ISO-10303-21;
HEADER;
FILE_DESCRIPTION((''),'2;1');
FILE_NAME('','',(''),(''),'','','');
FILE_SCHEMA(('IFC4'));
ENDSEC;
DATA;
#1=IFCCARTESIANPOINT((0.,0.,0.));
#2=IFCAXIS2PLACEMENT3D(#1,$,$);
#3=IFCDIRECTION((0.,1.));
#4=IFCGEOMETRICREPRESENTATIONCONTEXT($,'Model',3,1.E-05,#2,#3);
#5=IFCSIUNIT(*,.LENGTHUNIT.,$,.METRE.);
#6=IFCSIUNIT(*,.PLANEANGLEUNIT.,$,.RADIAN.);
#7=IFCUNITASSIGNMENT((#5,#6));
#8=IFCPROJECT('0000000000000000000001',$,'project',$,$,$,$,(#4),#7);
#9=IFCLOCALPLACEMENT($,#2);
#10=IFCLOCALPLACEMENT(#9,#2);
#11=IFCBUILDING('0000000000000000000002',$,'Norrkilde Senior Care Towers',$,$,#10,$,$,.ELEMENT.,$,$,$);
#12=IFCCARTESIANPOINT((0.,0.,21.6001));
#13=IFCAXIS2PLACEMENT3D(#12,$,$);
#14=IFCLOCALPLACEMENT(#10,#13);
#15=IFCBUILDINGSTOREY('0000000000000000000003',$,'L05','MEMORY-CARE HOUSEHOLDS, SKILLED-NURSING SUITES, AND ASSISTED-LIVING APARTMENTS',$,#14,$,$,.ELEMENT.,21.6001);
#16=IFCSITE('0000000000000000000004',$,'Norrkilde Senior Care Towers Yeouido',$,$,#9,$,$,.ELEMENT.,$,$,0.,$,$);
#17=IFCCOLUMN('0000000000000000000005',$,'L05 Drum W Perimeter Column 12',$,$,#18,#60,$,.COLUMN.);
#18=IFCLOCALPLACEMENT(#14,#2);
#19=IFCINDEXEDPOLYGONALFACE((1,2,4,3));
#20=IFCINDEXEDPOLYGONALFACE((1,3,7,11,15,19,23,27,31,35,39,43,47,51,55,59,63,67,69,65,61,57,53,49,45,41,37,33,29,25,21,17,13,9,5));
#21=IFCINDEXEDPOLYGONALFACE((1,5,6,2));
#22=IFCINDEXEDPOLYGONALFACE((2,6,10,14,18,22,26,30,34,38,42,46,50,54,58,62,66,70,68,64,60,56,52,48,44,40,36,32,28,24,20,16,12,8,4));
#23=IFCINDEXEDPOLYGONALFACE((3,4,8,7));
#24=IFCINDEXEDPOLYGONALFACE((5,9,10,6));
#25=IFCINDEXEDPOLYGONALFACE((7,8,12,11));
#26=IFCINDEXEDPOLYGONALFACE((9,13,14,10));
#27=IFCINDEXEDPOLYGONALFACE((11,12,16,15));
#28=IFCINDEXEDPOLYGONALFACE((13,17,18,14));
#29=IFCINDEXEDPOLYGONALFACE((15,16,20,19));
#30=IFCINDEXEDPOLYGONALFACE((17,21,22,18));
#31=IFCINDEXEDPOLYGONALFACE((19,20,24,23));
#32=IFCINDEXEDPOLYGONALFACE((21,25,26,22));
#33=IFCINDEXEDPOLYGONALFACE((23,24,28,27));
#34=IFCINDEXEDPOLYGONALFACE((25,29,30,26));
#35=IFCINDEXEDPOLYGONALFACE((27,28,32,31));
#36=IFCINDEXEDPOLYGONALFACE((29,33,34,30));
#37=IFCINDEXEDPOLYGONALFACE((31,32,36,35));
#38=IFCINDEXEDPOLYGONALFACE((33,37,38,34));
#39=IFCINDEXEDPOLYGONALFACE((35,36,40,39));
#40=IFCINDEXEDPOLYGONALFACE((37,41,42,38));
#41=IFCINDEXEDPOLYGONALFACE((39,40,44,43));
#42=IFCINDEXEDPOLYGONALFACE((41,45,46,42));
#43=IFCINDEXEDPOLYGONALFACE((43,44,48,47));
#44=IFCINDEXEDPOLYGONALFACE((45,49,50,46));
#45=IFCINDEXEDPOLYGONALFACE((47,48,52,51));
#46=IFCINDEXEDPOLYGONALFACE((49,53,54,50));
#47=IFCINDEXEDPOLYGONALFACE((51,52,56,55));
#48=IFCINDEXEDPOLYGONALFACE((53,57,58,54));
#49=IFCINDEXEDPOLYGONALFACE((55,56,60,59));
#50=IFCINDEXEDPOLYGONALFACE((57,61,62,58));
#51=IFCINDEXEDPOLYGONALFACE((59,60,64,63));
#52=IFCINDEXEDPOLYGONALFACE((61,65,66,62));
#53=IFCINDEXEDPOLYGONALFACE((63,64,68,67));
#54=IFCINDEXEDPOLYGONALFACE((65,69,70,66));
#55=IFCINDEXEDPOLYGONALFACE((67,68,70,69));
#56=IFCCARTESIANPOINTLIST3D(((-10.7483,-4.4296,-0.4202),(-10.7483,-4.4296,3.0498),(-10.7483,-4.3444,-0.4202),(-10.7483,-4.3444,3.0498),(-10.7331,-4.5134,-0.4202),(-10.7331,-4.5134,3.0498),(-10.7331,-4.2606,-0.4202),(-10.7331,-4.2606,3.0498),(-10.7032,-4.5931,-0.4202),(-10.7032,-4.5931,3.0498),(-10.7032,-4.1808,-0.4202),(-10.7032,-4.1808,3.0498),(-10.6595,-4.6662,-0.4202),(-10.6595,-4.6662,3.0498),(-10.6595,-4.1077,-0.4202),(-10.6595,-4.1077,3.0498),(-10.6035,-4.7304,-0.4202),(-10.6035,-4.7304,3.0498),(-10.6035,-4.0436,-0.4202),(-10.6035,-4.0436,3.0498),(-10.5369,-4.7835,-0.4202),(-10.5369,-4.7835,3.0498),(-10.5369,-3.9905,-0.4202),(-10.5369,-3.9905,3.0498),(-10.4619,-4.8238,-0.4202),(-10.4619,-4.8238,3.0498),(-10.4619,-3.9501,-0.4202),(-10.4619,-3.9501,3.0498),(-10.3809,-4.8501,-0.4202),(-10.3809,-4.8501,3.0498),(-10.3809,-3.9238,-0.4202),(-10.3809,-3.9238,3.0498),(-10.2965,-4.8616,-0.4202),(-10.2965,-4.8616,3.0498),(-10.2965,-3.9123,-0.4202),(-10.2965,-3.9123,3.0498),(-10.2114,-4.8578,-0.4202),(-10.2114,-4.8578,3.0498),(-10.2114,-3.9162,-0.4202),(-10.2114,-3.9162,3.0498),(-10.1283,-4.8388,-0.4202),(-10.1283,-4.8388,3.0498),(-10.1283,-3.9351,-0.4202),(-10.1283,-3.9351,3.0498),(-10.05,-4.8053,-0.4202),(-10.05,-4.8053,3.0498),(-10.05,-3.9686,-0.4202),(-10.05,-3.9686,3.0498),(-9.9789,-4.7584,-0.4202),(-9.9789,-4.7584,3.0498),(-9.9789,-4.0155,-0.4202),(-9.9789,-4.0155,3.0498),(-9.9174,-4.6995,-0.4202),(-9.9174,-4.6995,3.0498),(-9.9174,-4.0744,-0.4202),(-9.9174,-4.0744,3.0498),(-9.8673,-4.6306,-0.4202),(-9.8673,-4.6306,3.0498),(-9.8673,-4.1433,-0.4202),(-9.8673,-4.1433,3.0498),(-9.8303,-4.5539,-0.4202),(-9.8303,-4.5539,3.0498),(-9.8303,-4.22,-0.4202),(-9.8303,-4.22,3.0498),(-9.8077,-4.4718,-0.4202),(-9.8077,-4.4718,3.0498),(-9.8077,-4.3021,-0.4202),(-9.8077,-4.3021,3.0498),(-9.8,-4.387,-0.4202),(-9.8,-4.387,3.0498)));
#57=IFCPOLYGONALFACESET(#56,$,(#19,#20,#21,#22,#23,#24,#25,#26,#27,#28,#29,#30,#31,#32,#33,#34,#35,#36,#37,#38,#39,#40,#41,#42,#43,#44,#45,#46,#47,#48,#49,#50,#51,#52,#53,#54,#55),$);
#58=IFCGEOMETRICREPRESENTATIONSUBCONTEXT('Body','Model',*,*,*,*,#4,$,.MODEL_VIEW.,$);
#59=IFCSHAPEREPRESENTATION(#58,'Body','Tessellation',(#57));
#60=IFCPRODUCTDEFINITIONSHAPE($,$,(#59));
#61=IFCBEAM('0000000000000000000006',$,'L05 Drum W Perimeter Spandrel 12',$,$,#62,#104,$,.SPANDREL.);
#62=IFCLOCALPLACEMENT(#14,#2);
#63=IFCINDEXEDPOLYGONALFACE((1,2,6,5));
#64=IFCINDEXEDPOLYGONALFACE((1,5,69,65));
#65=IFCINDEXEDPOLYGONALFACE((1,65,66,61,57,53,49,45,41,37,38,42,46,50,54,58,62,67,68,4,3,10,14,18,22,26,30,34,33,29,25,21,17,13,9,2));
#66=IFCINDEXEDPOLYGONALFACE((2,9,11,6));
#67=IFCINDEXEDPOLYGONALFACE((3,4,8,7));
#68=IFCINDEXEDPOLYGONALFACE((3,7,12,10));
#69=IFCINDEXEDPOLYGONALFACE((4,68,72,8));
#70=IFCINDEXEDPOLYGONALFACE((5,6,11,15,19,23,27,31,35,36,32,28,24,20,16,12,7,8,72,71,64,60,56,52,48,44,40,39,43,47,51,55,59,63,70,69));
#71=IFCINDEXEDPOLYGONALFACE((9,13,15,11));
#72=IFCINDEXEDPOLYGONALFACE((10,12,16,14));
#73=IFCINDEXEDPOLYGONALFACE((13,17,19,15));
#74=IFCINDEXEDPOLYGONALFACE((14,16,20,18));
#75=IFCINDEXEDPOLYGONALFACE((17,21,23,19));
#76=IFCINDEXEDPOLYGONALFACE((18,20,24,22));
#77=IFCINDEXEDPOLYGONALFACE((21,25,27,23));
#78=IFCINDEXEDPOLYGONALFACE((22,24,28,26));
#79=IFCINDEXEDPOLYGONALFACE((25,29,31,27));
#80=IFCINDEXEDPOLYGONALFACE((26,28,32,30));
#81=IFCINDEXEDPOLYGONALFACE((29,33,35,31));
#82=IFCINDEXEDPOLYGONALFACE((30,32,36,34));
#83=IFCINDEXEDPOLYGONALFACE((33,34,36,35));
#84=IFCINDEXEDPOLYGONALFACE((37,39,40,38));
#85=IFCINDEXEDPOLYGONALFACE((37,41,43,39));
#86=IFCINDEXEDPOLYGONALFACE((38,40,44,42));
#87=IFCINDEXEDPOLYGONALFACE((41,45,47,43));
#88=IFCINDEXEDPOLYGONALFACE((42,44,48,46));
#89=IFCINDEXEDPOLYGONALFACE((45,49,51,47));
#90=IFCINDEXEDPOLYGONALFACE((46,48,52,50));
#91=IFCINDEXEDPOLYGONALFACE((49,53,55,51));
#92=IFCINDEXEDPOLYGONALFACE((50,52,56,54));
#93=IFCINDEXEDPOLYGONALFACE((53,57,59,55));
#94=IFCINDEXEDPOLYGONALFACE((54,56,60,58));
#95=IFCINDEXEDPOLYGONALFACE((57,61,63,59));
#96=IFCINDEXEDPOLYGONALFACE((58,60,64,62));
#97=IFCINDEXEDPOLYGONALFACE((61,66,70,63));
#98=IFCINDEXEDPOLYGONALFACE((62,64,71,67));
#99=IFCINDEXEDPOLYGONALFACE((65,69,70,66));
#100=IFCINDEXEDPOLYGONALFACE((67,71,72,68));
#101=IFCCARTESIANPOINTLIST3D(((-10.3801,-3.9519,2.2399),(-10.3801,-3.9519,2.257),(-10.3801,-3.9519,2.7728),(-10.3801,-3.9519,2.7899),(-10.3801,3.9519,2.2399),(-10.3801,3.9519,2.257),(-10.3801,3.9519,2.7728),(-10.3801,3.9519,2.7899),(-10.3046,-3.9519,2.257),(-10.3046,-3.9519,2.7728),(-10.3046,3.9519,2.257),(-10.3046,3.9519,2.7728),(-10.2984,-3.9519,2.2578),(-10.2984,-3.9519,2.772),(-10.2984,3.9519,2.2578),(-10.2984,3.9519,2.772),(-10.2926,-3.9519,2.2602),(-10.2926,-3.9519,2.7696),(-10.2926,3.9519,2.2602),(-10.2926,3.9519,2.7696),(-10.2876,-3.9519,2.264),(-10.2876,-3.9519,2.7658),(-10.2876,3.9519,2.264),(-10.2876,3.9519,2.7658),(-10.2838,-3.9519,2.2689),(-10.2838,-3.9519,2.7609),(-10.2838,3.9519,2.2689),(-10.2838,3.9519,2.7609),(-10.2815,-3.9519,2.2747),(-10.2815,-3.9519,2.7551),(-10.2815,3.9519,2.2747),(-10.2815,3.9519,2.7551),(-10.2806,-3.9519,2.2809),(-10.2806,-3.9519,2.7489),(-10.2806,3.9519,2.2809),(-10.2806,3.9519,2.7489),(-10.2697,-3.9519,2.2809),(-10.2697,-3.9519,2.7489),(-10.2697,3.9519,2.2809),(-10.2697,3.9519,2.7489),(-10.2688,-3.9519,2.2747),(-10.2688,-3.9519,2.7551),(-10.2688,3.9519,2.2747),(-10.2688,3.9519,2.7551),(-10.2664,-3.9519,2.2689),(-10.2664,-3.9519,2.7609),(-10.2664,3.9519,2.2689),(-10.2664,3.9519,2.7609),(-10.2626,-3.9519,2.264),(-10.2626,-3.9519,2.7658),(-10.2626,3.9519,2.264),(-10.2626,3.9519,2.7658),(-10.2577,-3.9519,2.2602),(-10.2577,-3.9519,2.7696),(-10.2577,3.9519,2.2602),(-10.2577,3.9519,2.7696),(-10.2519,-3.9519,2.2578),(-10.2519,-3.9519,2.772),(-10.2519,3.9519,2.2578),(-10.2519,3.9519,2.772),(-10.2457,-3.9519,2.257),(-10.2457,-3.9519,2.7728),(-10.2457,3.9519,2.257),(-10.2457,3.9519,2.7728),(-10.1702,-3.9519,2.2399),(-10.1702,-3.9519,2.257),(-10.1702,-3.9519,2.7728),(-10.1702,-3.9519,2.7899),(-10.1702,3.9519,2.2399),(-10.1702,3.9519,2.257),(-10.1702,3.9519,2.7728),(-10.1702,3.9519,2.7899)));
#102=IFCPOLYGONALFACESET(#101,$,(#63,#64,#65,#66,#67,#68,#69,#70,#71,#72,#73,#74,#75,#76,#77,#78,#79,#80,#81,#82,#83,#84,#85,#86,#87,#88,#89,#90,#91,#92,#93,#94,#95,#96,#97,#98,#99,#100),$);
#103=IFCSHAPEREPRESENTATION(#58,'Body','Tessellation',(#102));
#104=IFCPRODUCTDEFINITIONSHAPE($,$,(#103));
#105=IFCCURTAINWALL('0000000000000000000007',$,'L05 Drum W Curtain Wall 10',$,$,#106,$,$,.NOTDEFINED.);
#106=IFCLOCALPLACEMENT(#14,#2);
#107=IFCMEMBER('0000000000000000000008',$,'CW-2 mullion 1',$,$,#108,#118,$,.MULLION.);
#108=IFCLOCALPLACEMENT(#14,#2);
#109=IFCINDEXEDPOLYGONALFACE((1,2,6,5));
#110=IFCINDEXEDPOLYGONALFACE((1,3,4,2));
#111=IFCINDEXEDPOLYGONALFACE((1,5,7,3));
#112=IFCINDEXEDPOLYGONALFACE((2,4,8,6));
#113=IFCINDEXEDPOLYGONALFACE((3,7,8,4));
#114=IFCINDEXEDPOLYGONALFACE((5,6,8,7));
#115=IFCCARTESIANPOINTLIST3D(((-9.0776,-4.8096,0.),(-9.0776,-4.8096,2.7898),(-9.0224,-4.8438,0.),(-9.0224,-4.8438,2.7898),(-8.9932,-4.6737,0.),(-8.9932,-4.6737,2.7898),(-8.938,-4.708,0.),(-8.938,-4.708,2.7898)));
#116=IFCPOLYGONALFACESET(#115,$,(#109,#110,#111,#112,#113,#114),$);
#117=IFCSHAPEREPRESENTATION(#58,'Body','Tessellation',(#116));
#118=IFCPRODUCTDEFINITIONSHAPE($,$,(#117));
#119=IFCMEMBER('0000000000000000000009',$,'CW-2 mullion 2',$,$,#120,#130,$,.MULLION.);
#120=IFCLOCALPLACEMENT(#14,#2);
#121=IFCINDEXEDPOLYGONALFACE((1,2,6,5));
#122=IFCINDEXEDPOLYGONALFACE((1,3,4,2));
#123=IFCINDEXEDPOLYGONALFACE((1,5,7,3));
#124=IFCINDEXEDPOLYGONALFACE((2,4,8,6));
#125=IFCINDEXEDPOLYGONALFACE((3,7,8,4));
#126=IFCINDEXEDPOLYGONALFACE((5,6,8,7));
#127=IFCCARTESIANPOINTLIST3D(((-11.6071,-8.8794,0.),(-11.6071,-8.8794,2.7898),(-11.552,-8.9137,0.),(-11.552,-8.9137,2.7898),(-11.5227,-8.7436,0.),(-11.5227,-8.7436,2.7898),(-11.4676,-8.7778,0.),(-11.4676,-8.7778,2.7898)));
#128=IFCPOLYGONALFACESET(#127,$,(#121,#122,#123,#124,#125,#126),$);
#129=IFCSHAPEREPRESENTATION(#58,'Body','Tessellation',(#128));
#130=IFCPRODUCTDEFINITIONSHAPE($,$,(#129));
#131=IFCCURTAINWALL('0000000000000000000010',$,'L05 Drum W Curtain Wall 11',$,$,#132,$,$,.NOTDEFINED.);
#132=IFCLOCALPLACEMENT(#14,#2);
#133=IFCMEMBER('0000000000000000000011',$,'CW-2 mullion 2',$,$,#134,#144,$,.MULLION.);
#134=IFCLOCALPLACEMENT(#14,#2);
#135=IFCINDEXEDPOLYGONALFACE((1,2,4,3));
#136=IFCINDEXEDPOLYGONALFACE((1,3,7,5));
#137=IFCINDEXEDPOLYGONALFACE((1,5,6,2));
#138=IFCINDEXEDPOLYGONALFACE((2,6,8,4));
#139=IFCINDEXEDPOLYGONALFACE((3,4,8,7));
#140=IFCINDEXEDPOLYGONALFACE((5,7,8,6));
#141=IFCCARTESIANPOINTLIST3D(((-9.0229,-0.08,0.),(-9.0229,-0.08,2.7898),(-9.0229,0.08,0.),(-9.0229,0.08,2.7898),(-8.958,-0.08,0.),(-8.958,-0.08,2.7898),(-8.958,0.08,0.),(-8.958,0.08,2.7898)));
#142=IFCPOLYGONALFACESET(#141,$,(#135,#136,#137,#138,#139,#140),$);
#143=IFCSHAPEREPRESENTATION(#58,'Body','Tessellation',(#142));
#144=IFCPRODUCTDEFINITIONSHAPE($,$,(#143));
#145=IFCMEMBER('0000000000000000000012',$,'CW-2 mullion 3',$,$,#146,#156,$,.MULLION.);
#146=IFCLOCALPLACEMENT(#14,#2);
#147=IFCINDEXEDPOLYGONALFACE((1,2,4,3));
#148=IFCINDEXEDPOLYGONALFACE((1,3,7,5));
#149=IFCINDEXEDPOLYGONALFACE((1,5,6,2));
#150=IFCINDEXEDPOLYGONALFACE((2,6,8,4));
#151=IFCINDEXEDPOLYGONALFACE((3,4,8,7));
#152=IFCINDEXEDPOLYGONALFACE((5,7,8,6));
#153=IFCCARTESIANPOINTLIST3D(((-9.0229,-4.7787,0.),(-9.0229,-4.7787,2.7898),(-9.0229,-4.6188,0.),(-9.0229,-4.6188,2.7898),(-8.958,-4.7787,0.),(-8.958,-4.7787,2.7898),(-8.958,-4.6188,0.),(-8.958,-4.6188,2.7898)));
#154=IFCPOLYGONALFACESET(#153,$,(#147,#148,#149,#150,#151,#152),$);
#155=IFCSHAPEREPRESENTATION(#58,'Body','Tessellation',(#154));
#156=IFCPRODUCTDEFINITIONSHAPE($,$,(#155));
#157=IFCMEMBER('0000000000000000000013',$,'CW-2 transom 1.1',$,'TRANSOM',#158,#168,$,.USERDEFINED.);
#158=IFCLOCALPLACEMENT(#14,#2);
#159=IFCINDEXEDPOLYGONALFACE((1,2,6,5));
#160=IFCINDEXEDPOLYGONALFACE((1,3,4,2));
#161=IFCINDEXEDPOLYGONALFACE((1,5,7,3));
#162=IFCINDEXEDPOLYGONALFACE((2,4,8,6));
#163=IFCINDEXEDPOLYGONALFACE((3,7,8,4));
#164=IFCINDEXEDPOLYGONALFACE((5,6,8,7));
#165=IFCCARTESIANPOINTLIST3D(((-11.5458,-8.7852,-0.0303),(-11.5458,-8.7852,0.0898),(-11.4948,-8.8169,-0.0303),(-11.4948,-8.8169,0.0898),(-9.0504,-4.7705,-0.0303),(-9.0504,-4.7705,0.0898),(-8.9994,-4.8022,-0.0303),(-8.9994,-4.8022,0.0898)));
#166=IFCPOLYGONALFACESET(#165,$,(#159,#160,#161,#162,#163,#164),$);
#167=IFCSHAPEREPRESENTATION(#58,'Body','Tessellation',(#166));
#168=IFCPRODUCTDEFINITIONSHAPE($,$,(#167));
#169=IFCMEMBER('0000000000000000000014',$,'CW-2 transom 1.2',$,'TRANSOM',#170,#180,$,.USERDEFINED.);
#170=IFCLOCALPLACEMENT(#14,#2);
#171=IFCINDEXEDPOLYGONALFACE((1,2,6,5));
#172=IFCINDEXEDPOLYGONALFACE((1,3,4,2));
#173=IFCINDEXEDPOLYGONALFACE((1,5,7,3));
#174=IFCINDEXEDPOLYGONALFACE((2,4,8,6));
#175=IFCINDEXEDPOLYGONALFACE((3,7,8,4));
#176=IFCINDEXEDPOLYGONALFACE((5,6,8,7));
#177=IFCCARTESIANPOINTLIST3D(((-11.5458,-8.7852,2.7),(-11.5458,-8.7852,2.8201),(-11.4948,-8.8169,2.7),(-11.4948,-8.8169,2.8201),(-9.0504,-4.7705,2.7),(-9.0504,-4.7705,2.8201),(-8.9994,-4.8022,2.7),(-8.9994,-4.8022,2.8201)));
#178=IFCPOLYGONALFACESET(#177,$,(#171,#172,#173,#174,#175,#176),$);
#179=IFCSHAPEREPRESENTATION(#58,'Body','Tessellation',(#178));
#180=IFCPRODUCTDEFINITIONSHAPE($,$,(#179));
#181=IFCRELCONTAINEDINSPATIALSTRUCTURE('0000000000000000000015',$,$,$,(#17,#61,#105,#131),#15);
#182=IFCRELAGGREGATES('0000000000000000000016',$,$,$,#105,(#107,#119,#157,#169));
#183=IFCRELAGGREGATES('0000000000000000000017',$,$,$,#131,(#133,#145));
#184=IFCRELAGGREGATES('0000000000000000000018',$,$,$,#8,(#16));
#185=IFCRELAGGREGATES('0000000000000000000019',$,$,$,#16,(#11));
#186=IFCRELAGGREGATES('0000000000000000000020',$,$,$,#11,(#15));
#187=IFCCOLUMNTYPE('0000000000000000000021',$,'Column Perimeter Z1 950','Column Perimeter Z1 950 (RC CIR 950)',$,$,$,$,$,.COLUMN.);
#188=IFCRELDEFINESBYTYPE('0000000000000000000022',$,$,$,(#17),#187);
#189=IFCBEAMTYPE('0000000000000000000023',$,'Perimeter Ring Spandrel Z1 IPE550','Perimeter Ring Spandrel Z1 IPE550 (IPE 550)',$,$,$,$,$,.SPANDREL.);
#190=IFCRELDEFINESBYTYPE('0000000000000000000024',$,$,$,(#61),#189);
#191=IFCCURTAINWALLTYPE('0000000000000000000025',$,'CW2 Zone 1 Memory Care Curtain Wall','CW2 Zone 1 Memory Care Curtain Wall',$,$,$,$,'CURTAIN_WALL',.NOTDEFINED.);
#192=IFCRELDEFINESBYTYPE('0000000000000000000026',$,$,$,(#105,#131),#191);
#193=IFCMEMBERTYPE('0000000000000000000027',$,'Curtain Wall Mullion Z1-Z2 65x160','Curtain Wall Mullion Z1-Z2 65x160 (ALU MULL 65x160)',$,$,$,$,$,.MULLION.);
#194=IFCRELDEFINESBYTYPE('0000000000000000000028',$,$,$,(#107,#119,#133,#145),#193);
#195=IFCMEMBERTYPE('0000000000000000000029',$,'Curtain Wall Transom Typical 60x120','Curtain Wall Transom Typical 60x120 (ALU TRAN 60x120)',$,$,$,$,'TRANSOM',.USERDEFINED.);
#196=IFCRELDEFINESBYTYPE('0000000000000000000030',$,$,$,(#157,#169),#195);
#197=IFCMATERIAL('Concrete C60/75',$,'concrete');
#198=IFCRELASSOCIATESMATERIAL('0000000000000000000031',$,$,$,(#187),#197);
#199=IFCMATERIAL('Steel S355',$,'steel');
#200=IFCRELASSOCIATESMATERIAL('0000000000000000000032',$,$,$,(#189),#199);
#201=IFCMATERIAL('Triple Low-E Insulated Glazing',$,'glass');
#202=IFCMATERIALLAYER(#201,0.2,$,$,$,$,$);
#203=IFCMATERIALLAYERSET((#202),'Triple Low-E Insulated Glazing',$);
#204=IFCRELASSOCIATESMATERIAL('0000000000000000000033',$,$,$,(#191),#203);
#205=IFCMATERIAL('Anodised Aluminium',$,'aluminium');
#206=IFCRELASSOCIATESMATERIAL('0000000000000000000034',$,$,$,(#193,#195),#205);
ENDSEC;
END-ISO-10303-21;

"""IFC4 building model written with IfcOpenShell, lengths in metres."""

from ifc_helpers import new_model, si_unit, direction, frame, origin, origin_2d, place, context, subcontext, project, spatial, rectangle, circle, i_section, extrude, source, transform, mapped, material, layer, layer_set, material_profile, profile_set, type_object, type_shapes, element, aggregate, save


model = new_model("IFC4")

# Units and contexts
model_context = context("Model", 3, precision=1e-05, world=origin(), true_north=direction((0.0, 1.0)))
body_context = subcontext(model_context, "Body", "Model", "MODEL_VIEW")
ifc_project = project(units=[si_unit("LENGTHUNIT", "METRE"), si_unit("PLANEANGLEUNIT", "RADIAN")], contexts=[model_context])

# Site, building, storey
site_placement = place(None, origin())
site = spatial("IfcSite", under=ifc_project, at=site_placement, Name="Norrkilde Senior Care Towers Yeouido", CompositionType="ELEMENT", RefElevation=0.0)
building_placement = place(site_placement, origin())
building = spatial("IfcBuilding", under=site, at=building_placement, Name="Norrkilde Senior Care Towers", CompositionType="ELEMENT")
storey_placement = place(building_placement, frame((0.0, 0.0, 21.6001)))
storey = spatial("IfcBuildingStorey", under=building, at=storey_placement, Name="L05", Description="MEMORY-CARE HOUSEHOLDS, SKILLED-NURSING SUITES, AND ASSISTED-LIVING APARTMENTS", CompositionType="ELEMENT", Elevation=21.6001)

# Column
ifc_material_1 = material(Name="Concrete C60/75", Category="concrete")
ifc_material_profile_1 = material_profile(ifc_material_1, circle(Radius=0.4751, at=origin_2d()), Name="RC CIR 950")
ifc_profile_set_1 = profile_set([ifc_material_profile_1], Name="Concrete C60/75")
column_type = type_object("IfcColumnType", Name="Column Perimeter Z1 950", Description="Column Perimeter Z1 950 (RC CIR 950)", PredefinedType="COLUMN", material=ifc_profile_set_1)
shared_shape_1 = source(origin(), body_context, "Body", "SweptSolid", [
    extrude(circle(Radius=0.4751, at=origin_2d()), origin(), (0.0, 0.0, 1.0), 3.47),
])
type_shapes(column_type, [shared_shape_1])
column_placement = place(storey_placement, frame((-10.2751, -4.387, -0.4202), z_axis=(0.0, 0.0, 1.0), x_axis=(1.0, 0.0, 0.0)))
element("IfcColumn", 1, at=column_placement, inside=storey, type_object=column_type, Name="L05 Drum W Perimeter Column 12", PredefinedType="COLUMN", context=body_context, shape_type="MappedRepresentation", body=[
    mapped(shared_shape_1, transform((0.0, 0.0, 0.0), x_axis=(1.0, 0.0, 0.0), y_axis=(0.0, 1.0, 0.0), z_axis=(0.0, 0.0, 1.0), scale=1.0)),
])

# Beam
ifc_material_2 = material(Name="Steel S355", Category="steel")
ifc_material_profile_2 = material_profile(ifc_material_2, i_section(OverallWidth=0.21, OverallDepth=0.55, WebThickness=0.011, FlangeThickness=0.0171, FilletRadius=0.0239, at=origin_2d()), Name="IPE 550")
ifc_profile_set_2 = profile_set([ifc_material_profile_2], Name="Steel S355")
beam_type = type_object("IfcBeamType", Name="Perimeter Ring Spandrel Z1 IPE550", Description="Perimeter Ring Spandrel Z1 IPE550 (IPE 550)", PredefinedType="SPANDREL", material=ifc_profile_set_2)
shared_shape_2 = source(origin(), body_context, "Body", "SweptSolid", [
    extrude(i_section(OverallWidth=0.21, OverallDepth=0.55, WebThickness=0.011, FlangeThickness=0.0171, FilletRadius=0.0239, at=origin_2d()), origin(), (0.0, 0.0, 1.0), 7.9038),
])
type_shapes(beam_type, [shared_shape_2])
beam_placement = place(storey_placement, frame((-10.2751, -3.9519, 2.5149), z_axis=(0.0, 1.0, 0.0), x_axis=(-1.0, 0.0, 0.0)))
element("IfcBeam", 2, at=beam_placement, inside=storey, type_object=beam_type, Name="L05 Drum W Perimeter Spandrel 12", PredefinedType="SPANDREL", context=body_context, shape_type="MappedRepresentation", body=[
    mapped(shared_shape_2, transform((0.0, 0.0, 0.0), x_axis=(1.0, 0.0, 0.0), y_axis=(0.0, 1.0, 0.0), z_axis=(0.0, 0.0, 1.0), scale=1.0)),
])

# Curtain walls, members
ifc_material_3 = material(Name="Triple Low-E Insulated Glazing", Category="glass")
ifc_layer_1 = layer(ifc_material_3, 0.2)
ifc_layer_set_1 = layer_set([ifc_layer_1], Name="Triple Low-E Insulated Glazing")
curtain_wall_type = type_object("IfcCurtainWallType", Name="CW2 Zone 1 Memory Care Curtain Wall", Description="CW2 Zone 1 Memory Care Curtain Wall", ElementType="CURTAIN_WALL", PredefinedType="NOTDEFINED", material=ifc_layer_set_1)
curtain_wall_1_placement = place(storey_placement, origin())
curtain_wall_1 = element("IfcCurtainWall", 3, at=curtain_wall_1_placement, inside=storey, type_object=curtain_wall_type, Name="L05 Drum W Curtain Wall 10", PredefinedType="NOTDEFINED")
ifc_material_4 = material(Name="Anodised Aluminium", Category="aluminium")
ifc_material_profile_3 = material_profile(ifc_material_4, rectangle(XDim=0.0649, YDim=0.1599, at=origin_2d()), Name="ALU MULL 65x160")
ifc_profile_set_3 = profile_set([ifc_material_profile_3], Name="Anodised Aluminium")
member_type_1 = type_object("IfcMemberType", Name="Curtain Wall Mullion Z1-Z2 65x160", Description="Curtain Wall Mullion Z1-Z2 65x160 (ALU MULL 65x160)", PredefinedType="MULLION", material=ifc_profile_set_3)
shared_shape_3 = source(origin(), body_context, "Body", "SweptSolid", [
    extrude(rectangle(XDim=0.0649, YDim=0.1599, at=origin_2d()), origin(), (0.0, 0.0, 1.0), 2.7898),
])
type_shapes(member_type_1, [shared_shape_3])
member_1_placement = place(storey_placement, frame((-9.0078, -4.7588, 0.0), z_axis=(0.0, 0.0, 1.0), x_axis=(0.849306, -0.527901, 0.0)))
member_1 = element("IfcMember", 4, at=member_1_placement, type_object=member_type_1, Name="CW-2 mullion 1", PredefinedType="MULLION", context=body_context, shape_type="MappedRepresentation", body=[
    mapped(shared_shape_3, transform((0.0, 0.0, 0.0), x_axis=(1.0, 0.0, 0.0), y_axis=(0.0, 1.0, 0.0), z_axis=(0.0, 0.0, 1.0), scale=1.0)),
])
member_2_placement = place(storey_placement, frame((-11.5374, -8.8286, 0.0), z_axis=(0.0, 0.0, 1.0), x_axis=(0.849306, -0.527901, 0.0)))
member_2 = element("IfcMember", 5, at=member_2_placement, type_object=member_type_1, Name="CW-2 mullion 2", PredefinedType="MULLION", context=body_context, shape_type="MappedRepresentation", body=[
    mapped(shared_shape_3, transform((0.0, 0.0, 0.0), x_axis=(1.0, 0.0, 0.0), y_axis=(0.0, 1.0, 0.0), z_axis=(0.0, 0.0, 1.0), scale=1.0)),
])
curtain_wall_2_placement = place(storey_placement, origin())
curtain_wall_2 = element("IfcCurtainWall", 6, at=curtain_wall_2_placement, inside=storey, type_object=curtain_wall_type, Name="L05 Drum W Curtain Wall 11", PredefinedType="NOTDEFINED")
member_3_placement = place(storey_placement, frame((-8.9905, 0.0, 0.0), z_axis=(0.0, 0.0, 1.0), x_axis=(1.0, 0.0, 0.0)))
member_3 = element("IfcMember", 7, at=member_3_placement, type_object=member_type_1, Name="CW-2 mullion 2", PredefinedType="MULLION", context=body_context, shape_type="MappedRepresentation", body=[
    mapped(shared_shape_3, transform((0.0, 0.0, 0.0), x_axis=(1.0, 0.0, 0.0), y_axis=(0.0, 1.0, 0.0), z_axis=(0.0, 0.0, 1.0), scale=1.0)),
])
member_4_placement = place(storey_placement, frame((-8.9905, -4.6987, 0.0), z_axis=(0.0, 0.0, 1.0), x_axis=(1.0, 0.0, 0.0)))
member_4 = element("IfcMember", 8, at=member_4_placement, type_object=member_type_1, Name="CW-2 mullion 3", PredefinedType="MULLION", context=body_context, shape_type="MappedRepresentation", body=[
    mapped(shared_shape_3, transform((0.0, 0.0, 0.0), x_axis=(1.0, 0.0, 0.0), y_axis=(0.0, 1.0, 0.0), z_axis=(0.0, 0.0, 1.0), scale=1.0)),
])

# Members
ifc_material_profile_4 = material_profile(ifc_material_4, rectangle(XDim=0.0601, YDim=0.1201, at=origin_2d()), Name="ALU TRAN 60x120")
ifc_profile_set_4 = profile_set([ifc_material_profile_4], Name="Anodised Aluminium")
member_type_2 = type_object("IfcMemberType", Name="Curtain Wall Transom Typical 60x120", Description="Curtain Wall Transom Typical 60x120 (ALU TRAN 60x120)", ElementType="TRANSOM", PredefinedType="USERDEFINED", material=ifc_profile_set_4)
shared_shape_4 = source(origin(), body_context, "Body", "SweptSolid", [
    extrude(rectangle(XDim=0.0601, YDim=0.1201, at=origin_2d()), origin(), (0.0, 0.0, 1.0), 4.7271),
])
member_5_placement = place(storey_placement, frame((-9.0249, -4.7864, 0.0298), z_axis=(-0.527899, -0.849307, 0.0), x_axis=(0.849307, -0.527899, 0.0)))
member_5 = element("IfcMember", 9, at=member_5_placement, type_object=member_type_2, Name="CW-2 transom 1.1", ObjectType="TRANSOM", PredefinedType="USERDEFINED", context=body_context, shape_type="MappedRepresentation", body=[
    mapped(shared_shape_4, transform((0.0, 0.0, 0.0), x_axis=(1.0, 0.0, 0.0), y_axis=(0.0, 1.0, 0.0), z_axis=(0.0, 0.0, 1.0), scale=1.0)),
])
member_6_placement = place(storey_placement, frame((-9.0249, -4.7864, 2.76), z_axis=(-0.527899, -0.849307, 0.0), x_axis=(0.849307, -0.527899, 0.0)))
member_6 = element("IfcMember", 10, at=member_6_placement, type_object=member_type_2, Name="CW-2 transom 1.2", ObjectType="TRANSOM", PredefinedType="USERDEFINED", context=body_context, shape_type="MappedRepresentation", body=[
    mapped(shared_shape_4, transform((0.0, 0.0, 0.0), x_axis=(1.0, 0.0, 0.0), y_axis=(0.0, 1.0, 0.0), z_axis=(0.0, 0.0, 1.0), scale=1.0)),
])

aggregate(curtain_wall_1, [member_1, member_2, member_5, member_6])
aggregate(curtain_wall_2, [member_3, member_4])

save(model, "model.ifc")
